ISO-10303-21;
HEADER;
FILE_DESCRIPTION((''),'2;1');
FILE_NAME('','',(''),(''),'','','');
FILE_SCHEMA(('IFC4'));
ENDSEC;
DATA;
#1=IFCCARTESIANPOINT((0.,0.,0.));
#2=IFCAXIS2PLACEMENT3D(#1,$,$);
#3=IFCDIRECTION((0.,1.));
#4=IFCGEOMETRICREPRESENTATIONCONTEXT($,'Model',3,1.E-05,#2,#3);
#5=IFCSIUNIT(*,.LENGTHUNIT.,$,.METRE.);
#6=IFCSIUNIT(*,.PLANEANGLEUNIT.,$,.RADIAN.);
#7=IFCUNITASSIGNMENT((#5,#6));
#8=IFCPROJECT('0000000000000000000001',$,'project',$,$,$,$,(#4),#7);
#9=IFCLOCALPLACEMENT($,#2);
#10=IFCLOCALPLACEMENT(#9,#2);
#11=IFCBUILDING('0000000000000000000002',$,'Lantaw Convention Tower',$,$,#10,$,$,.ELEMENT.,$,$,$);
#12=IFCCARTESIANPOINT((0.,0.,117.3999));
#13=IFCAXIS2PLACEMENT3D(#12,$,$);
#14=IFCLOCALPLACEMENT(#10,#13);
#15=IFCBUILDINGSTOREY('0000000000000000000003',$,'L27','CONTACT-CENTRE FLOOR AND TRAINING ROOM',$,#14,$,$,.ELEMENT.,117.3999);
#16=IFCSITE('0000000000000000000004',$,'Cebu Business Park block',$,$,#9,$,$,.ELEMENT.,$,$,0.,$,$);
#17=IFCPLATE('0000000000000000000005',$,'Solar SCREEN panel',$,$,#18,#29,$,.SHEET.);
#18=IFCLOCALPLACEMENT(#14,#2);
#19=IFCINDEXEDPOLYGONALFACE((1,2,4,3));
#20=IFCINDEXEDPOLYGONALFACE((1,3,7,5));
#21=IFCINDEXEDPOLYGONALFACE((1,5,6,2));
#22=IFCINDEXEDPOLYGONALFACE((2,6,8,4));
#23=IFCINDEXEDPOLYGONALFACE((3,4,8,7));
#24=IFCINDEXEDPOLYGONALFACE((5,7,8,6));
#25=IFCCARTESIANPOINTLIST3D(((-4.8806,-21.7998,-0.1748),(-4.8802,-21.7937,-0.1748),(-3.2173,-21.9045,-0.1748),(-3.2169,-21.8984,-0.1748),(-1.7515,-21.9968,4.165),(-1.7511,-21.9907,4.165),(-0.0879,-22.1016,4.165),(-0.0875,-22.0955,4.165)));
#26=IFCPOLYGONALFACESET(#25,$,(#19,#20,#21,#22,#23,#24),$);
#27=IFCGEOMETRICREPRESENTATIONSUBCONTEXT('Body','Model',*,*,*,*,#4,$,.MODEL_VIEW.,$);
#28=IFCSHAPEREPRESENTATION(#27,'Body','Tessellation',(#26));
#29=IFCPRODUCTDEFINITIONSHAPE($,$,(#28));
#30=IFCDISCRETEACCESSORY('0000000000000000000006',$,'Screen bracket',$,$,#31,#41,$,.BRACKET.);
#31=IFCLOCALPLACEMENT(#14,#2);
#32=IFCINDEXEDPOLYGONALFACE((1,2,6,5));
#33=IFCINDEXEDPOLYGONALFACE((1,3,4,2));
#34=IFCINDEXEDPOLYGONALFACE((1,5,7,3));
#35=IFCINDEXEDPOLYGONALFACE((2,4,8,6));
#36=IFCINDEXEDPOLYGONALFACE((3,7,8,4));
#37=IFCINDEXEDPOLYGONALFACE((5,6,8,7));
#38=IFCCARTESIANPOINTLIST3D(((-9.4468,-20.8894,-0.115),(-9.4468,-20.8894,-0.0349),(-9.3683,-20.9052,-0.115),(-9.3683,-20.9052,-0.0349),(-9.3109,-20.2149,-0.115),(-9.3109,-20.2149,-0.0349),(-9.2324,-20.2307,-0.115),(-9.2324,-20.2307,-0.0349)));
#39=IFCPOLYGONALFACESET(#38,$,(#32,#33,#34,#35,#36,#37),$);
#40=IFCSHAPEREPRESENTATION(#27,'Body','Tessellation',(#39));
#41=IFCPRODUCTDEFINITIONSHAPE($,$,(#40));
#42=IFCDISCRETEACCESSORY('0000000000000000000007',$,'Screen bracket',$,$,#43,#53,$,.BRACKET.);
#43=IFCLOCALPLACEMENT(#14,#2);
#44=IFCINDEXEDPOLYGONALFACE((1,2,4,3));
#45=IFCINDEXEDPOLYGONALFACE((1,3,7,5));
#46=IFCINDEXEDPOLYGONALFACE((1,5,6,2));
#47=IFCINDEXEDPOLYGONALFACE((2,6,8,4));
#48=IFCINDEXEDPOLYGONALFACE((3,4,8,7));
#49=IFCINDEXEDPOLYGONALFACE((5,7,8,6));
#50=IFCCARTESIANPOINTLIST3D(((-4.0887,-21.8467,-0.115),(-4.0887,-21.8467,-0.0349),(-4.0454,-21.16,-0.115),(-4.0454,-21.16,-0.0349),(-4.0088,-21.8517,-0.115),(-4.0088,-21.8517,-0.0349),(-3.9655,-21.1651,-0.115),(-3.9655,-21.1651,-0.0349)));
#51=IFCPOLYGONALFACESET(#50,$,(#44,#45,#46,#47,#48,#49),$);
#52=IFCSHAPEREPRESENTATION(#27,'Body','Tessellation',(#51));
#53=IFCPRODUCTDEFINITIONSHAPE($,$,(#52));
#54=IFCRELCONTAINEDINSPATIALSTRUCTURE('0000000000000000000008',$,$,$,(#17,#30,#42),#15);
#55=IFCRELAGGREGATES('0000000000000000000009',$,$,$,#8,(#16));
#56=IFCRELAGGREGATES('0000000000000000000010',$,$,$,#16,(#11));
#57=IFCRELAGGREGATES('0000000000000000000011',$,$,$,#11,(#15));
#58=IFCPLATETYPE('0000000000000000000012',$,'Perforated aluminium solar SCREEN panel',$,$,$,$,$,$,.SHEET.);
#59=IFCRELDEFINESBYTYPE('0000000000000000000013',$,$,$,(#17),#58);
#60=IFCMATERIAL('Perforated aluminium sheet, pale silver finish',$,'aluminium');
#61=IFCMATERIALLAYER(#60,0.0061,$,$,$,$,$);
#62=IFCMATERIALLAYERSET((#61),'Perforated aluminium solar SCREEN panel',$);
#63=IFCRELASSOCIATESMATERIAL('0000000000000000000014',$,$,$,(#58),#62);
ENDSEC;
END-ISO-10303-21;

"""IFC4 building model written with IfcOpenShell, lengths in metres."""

from ifc_helpers import new_model, si_unit, direction, frame, origin, origin_2d, place, context, subcontext, project, spatial, polyline, rectangle, outline, extrude, material, layer, layer_set, type_object, element, save


model = new_model("IFC4")

# Units and contexts
model_context = context("Model", 3, precision=1e-05, world=origin(), true_north=direction((0.0, 1.0)))
body_context = subcontext(model_context, "Body", "Model", "MODEL_VIEW")
ifc_project = project(units=[si_unit("LENGTHUNIT", "METRE"), si_unit("PLANEANGLEUNIT", "RADIAN")], contexts=[model_context])

# Site, building, storey
site_placement = place(None, origin())
site = spatial("IfcSite", under=ifc_project, at=site_placement, Name="Cebu Business Park block", CompositionType="ELEMENT", RefElevation=0.0)
building_placement = place(site_placement, origin())
building = spatial("IfcBuilding", under=site, at=building_placement, Name="Lantaw Convention Tower", CompositionType="ELEMENT")
storey_placement = place(building_placement, frame((0.0, 0.0, 117.3999)))
storey = spatial("IfcBuildingStorey", under=building, at=storey_placement, Name="L27", Description="CONTACT-CENTRE FLOOR AND TRAINING ROOM", CompositionType="ELEMENT", Elevation=117.3999)

# Plate
ifc_material_1 = material(Name="Perforated aluminium sheet, pale silver finish", Category="aluminium")
ifc_layer_1 = layer(ifc_material_1, 0.0061)
ifc_layer_set_1 = layer_set([ifc_layer_1], Name="Perforated aluminium solar SCREEN panel")
plate_type_1 = type_object("IfcPlateType", Name="Perforated aluminium solar SCREEN panel", PredefinedType="SHEET", material=ifc_layer_set_1)
plate_1_placement = place(storey_placement, frame((-4.8806, -21.7998, -0.1748), z_axis=(-0.062839, -0.998024, 0.000002), x_axis=(0.998024, -0.062839, 0.0)))
element("IfcPlate", 1, at=plate_1_placement, inside=storey, type_object=plate_type_1, Name="Solar SCREEN panel", PredefinedType="SHEET", context=body_context, shape_type="SweptSolid", body=[
    extrude(outline(polyline([(0.0, 0.0), (1.6666, 0.0), (4.8022, 4.3398), (3.1353, 4.3398), (0.0, 0.0)])), origin(), (0.0, 0.0, -1.0), 0.0061),
])

# Discrete accessories
for number, where, z_axis, x_axis, name in (
    (2, (-9.3396, -20.5601, -0.115), (0.0, 0.0, 1.0), (0.980302, -0.197507, 0.0), "Screen bracket"),
    (3, (-4.0271, -21.5059, -0.115), (0.0, 0.0, 1.0), (0.998022, -0.062865, 0.0), "Screen bracket"),
):
    element("IfcDiscreteAccessory", number, at=place(storey_placement, frame(where, z_axis=z_axis, x_axis=x_axis)), inside=storey, Name=name, PredefinedType="BRACKET", context=body_context, shape_type="SweptSolid", body=[
        extrude(rectangle(XDim=0.0801, YDim=0.688, at=origin_2d()), origin(), (0.0, 0.0, 1.0), 0.0801),
    ])

save(model, "model.ifc")
